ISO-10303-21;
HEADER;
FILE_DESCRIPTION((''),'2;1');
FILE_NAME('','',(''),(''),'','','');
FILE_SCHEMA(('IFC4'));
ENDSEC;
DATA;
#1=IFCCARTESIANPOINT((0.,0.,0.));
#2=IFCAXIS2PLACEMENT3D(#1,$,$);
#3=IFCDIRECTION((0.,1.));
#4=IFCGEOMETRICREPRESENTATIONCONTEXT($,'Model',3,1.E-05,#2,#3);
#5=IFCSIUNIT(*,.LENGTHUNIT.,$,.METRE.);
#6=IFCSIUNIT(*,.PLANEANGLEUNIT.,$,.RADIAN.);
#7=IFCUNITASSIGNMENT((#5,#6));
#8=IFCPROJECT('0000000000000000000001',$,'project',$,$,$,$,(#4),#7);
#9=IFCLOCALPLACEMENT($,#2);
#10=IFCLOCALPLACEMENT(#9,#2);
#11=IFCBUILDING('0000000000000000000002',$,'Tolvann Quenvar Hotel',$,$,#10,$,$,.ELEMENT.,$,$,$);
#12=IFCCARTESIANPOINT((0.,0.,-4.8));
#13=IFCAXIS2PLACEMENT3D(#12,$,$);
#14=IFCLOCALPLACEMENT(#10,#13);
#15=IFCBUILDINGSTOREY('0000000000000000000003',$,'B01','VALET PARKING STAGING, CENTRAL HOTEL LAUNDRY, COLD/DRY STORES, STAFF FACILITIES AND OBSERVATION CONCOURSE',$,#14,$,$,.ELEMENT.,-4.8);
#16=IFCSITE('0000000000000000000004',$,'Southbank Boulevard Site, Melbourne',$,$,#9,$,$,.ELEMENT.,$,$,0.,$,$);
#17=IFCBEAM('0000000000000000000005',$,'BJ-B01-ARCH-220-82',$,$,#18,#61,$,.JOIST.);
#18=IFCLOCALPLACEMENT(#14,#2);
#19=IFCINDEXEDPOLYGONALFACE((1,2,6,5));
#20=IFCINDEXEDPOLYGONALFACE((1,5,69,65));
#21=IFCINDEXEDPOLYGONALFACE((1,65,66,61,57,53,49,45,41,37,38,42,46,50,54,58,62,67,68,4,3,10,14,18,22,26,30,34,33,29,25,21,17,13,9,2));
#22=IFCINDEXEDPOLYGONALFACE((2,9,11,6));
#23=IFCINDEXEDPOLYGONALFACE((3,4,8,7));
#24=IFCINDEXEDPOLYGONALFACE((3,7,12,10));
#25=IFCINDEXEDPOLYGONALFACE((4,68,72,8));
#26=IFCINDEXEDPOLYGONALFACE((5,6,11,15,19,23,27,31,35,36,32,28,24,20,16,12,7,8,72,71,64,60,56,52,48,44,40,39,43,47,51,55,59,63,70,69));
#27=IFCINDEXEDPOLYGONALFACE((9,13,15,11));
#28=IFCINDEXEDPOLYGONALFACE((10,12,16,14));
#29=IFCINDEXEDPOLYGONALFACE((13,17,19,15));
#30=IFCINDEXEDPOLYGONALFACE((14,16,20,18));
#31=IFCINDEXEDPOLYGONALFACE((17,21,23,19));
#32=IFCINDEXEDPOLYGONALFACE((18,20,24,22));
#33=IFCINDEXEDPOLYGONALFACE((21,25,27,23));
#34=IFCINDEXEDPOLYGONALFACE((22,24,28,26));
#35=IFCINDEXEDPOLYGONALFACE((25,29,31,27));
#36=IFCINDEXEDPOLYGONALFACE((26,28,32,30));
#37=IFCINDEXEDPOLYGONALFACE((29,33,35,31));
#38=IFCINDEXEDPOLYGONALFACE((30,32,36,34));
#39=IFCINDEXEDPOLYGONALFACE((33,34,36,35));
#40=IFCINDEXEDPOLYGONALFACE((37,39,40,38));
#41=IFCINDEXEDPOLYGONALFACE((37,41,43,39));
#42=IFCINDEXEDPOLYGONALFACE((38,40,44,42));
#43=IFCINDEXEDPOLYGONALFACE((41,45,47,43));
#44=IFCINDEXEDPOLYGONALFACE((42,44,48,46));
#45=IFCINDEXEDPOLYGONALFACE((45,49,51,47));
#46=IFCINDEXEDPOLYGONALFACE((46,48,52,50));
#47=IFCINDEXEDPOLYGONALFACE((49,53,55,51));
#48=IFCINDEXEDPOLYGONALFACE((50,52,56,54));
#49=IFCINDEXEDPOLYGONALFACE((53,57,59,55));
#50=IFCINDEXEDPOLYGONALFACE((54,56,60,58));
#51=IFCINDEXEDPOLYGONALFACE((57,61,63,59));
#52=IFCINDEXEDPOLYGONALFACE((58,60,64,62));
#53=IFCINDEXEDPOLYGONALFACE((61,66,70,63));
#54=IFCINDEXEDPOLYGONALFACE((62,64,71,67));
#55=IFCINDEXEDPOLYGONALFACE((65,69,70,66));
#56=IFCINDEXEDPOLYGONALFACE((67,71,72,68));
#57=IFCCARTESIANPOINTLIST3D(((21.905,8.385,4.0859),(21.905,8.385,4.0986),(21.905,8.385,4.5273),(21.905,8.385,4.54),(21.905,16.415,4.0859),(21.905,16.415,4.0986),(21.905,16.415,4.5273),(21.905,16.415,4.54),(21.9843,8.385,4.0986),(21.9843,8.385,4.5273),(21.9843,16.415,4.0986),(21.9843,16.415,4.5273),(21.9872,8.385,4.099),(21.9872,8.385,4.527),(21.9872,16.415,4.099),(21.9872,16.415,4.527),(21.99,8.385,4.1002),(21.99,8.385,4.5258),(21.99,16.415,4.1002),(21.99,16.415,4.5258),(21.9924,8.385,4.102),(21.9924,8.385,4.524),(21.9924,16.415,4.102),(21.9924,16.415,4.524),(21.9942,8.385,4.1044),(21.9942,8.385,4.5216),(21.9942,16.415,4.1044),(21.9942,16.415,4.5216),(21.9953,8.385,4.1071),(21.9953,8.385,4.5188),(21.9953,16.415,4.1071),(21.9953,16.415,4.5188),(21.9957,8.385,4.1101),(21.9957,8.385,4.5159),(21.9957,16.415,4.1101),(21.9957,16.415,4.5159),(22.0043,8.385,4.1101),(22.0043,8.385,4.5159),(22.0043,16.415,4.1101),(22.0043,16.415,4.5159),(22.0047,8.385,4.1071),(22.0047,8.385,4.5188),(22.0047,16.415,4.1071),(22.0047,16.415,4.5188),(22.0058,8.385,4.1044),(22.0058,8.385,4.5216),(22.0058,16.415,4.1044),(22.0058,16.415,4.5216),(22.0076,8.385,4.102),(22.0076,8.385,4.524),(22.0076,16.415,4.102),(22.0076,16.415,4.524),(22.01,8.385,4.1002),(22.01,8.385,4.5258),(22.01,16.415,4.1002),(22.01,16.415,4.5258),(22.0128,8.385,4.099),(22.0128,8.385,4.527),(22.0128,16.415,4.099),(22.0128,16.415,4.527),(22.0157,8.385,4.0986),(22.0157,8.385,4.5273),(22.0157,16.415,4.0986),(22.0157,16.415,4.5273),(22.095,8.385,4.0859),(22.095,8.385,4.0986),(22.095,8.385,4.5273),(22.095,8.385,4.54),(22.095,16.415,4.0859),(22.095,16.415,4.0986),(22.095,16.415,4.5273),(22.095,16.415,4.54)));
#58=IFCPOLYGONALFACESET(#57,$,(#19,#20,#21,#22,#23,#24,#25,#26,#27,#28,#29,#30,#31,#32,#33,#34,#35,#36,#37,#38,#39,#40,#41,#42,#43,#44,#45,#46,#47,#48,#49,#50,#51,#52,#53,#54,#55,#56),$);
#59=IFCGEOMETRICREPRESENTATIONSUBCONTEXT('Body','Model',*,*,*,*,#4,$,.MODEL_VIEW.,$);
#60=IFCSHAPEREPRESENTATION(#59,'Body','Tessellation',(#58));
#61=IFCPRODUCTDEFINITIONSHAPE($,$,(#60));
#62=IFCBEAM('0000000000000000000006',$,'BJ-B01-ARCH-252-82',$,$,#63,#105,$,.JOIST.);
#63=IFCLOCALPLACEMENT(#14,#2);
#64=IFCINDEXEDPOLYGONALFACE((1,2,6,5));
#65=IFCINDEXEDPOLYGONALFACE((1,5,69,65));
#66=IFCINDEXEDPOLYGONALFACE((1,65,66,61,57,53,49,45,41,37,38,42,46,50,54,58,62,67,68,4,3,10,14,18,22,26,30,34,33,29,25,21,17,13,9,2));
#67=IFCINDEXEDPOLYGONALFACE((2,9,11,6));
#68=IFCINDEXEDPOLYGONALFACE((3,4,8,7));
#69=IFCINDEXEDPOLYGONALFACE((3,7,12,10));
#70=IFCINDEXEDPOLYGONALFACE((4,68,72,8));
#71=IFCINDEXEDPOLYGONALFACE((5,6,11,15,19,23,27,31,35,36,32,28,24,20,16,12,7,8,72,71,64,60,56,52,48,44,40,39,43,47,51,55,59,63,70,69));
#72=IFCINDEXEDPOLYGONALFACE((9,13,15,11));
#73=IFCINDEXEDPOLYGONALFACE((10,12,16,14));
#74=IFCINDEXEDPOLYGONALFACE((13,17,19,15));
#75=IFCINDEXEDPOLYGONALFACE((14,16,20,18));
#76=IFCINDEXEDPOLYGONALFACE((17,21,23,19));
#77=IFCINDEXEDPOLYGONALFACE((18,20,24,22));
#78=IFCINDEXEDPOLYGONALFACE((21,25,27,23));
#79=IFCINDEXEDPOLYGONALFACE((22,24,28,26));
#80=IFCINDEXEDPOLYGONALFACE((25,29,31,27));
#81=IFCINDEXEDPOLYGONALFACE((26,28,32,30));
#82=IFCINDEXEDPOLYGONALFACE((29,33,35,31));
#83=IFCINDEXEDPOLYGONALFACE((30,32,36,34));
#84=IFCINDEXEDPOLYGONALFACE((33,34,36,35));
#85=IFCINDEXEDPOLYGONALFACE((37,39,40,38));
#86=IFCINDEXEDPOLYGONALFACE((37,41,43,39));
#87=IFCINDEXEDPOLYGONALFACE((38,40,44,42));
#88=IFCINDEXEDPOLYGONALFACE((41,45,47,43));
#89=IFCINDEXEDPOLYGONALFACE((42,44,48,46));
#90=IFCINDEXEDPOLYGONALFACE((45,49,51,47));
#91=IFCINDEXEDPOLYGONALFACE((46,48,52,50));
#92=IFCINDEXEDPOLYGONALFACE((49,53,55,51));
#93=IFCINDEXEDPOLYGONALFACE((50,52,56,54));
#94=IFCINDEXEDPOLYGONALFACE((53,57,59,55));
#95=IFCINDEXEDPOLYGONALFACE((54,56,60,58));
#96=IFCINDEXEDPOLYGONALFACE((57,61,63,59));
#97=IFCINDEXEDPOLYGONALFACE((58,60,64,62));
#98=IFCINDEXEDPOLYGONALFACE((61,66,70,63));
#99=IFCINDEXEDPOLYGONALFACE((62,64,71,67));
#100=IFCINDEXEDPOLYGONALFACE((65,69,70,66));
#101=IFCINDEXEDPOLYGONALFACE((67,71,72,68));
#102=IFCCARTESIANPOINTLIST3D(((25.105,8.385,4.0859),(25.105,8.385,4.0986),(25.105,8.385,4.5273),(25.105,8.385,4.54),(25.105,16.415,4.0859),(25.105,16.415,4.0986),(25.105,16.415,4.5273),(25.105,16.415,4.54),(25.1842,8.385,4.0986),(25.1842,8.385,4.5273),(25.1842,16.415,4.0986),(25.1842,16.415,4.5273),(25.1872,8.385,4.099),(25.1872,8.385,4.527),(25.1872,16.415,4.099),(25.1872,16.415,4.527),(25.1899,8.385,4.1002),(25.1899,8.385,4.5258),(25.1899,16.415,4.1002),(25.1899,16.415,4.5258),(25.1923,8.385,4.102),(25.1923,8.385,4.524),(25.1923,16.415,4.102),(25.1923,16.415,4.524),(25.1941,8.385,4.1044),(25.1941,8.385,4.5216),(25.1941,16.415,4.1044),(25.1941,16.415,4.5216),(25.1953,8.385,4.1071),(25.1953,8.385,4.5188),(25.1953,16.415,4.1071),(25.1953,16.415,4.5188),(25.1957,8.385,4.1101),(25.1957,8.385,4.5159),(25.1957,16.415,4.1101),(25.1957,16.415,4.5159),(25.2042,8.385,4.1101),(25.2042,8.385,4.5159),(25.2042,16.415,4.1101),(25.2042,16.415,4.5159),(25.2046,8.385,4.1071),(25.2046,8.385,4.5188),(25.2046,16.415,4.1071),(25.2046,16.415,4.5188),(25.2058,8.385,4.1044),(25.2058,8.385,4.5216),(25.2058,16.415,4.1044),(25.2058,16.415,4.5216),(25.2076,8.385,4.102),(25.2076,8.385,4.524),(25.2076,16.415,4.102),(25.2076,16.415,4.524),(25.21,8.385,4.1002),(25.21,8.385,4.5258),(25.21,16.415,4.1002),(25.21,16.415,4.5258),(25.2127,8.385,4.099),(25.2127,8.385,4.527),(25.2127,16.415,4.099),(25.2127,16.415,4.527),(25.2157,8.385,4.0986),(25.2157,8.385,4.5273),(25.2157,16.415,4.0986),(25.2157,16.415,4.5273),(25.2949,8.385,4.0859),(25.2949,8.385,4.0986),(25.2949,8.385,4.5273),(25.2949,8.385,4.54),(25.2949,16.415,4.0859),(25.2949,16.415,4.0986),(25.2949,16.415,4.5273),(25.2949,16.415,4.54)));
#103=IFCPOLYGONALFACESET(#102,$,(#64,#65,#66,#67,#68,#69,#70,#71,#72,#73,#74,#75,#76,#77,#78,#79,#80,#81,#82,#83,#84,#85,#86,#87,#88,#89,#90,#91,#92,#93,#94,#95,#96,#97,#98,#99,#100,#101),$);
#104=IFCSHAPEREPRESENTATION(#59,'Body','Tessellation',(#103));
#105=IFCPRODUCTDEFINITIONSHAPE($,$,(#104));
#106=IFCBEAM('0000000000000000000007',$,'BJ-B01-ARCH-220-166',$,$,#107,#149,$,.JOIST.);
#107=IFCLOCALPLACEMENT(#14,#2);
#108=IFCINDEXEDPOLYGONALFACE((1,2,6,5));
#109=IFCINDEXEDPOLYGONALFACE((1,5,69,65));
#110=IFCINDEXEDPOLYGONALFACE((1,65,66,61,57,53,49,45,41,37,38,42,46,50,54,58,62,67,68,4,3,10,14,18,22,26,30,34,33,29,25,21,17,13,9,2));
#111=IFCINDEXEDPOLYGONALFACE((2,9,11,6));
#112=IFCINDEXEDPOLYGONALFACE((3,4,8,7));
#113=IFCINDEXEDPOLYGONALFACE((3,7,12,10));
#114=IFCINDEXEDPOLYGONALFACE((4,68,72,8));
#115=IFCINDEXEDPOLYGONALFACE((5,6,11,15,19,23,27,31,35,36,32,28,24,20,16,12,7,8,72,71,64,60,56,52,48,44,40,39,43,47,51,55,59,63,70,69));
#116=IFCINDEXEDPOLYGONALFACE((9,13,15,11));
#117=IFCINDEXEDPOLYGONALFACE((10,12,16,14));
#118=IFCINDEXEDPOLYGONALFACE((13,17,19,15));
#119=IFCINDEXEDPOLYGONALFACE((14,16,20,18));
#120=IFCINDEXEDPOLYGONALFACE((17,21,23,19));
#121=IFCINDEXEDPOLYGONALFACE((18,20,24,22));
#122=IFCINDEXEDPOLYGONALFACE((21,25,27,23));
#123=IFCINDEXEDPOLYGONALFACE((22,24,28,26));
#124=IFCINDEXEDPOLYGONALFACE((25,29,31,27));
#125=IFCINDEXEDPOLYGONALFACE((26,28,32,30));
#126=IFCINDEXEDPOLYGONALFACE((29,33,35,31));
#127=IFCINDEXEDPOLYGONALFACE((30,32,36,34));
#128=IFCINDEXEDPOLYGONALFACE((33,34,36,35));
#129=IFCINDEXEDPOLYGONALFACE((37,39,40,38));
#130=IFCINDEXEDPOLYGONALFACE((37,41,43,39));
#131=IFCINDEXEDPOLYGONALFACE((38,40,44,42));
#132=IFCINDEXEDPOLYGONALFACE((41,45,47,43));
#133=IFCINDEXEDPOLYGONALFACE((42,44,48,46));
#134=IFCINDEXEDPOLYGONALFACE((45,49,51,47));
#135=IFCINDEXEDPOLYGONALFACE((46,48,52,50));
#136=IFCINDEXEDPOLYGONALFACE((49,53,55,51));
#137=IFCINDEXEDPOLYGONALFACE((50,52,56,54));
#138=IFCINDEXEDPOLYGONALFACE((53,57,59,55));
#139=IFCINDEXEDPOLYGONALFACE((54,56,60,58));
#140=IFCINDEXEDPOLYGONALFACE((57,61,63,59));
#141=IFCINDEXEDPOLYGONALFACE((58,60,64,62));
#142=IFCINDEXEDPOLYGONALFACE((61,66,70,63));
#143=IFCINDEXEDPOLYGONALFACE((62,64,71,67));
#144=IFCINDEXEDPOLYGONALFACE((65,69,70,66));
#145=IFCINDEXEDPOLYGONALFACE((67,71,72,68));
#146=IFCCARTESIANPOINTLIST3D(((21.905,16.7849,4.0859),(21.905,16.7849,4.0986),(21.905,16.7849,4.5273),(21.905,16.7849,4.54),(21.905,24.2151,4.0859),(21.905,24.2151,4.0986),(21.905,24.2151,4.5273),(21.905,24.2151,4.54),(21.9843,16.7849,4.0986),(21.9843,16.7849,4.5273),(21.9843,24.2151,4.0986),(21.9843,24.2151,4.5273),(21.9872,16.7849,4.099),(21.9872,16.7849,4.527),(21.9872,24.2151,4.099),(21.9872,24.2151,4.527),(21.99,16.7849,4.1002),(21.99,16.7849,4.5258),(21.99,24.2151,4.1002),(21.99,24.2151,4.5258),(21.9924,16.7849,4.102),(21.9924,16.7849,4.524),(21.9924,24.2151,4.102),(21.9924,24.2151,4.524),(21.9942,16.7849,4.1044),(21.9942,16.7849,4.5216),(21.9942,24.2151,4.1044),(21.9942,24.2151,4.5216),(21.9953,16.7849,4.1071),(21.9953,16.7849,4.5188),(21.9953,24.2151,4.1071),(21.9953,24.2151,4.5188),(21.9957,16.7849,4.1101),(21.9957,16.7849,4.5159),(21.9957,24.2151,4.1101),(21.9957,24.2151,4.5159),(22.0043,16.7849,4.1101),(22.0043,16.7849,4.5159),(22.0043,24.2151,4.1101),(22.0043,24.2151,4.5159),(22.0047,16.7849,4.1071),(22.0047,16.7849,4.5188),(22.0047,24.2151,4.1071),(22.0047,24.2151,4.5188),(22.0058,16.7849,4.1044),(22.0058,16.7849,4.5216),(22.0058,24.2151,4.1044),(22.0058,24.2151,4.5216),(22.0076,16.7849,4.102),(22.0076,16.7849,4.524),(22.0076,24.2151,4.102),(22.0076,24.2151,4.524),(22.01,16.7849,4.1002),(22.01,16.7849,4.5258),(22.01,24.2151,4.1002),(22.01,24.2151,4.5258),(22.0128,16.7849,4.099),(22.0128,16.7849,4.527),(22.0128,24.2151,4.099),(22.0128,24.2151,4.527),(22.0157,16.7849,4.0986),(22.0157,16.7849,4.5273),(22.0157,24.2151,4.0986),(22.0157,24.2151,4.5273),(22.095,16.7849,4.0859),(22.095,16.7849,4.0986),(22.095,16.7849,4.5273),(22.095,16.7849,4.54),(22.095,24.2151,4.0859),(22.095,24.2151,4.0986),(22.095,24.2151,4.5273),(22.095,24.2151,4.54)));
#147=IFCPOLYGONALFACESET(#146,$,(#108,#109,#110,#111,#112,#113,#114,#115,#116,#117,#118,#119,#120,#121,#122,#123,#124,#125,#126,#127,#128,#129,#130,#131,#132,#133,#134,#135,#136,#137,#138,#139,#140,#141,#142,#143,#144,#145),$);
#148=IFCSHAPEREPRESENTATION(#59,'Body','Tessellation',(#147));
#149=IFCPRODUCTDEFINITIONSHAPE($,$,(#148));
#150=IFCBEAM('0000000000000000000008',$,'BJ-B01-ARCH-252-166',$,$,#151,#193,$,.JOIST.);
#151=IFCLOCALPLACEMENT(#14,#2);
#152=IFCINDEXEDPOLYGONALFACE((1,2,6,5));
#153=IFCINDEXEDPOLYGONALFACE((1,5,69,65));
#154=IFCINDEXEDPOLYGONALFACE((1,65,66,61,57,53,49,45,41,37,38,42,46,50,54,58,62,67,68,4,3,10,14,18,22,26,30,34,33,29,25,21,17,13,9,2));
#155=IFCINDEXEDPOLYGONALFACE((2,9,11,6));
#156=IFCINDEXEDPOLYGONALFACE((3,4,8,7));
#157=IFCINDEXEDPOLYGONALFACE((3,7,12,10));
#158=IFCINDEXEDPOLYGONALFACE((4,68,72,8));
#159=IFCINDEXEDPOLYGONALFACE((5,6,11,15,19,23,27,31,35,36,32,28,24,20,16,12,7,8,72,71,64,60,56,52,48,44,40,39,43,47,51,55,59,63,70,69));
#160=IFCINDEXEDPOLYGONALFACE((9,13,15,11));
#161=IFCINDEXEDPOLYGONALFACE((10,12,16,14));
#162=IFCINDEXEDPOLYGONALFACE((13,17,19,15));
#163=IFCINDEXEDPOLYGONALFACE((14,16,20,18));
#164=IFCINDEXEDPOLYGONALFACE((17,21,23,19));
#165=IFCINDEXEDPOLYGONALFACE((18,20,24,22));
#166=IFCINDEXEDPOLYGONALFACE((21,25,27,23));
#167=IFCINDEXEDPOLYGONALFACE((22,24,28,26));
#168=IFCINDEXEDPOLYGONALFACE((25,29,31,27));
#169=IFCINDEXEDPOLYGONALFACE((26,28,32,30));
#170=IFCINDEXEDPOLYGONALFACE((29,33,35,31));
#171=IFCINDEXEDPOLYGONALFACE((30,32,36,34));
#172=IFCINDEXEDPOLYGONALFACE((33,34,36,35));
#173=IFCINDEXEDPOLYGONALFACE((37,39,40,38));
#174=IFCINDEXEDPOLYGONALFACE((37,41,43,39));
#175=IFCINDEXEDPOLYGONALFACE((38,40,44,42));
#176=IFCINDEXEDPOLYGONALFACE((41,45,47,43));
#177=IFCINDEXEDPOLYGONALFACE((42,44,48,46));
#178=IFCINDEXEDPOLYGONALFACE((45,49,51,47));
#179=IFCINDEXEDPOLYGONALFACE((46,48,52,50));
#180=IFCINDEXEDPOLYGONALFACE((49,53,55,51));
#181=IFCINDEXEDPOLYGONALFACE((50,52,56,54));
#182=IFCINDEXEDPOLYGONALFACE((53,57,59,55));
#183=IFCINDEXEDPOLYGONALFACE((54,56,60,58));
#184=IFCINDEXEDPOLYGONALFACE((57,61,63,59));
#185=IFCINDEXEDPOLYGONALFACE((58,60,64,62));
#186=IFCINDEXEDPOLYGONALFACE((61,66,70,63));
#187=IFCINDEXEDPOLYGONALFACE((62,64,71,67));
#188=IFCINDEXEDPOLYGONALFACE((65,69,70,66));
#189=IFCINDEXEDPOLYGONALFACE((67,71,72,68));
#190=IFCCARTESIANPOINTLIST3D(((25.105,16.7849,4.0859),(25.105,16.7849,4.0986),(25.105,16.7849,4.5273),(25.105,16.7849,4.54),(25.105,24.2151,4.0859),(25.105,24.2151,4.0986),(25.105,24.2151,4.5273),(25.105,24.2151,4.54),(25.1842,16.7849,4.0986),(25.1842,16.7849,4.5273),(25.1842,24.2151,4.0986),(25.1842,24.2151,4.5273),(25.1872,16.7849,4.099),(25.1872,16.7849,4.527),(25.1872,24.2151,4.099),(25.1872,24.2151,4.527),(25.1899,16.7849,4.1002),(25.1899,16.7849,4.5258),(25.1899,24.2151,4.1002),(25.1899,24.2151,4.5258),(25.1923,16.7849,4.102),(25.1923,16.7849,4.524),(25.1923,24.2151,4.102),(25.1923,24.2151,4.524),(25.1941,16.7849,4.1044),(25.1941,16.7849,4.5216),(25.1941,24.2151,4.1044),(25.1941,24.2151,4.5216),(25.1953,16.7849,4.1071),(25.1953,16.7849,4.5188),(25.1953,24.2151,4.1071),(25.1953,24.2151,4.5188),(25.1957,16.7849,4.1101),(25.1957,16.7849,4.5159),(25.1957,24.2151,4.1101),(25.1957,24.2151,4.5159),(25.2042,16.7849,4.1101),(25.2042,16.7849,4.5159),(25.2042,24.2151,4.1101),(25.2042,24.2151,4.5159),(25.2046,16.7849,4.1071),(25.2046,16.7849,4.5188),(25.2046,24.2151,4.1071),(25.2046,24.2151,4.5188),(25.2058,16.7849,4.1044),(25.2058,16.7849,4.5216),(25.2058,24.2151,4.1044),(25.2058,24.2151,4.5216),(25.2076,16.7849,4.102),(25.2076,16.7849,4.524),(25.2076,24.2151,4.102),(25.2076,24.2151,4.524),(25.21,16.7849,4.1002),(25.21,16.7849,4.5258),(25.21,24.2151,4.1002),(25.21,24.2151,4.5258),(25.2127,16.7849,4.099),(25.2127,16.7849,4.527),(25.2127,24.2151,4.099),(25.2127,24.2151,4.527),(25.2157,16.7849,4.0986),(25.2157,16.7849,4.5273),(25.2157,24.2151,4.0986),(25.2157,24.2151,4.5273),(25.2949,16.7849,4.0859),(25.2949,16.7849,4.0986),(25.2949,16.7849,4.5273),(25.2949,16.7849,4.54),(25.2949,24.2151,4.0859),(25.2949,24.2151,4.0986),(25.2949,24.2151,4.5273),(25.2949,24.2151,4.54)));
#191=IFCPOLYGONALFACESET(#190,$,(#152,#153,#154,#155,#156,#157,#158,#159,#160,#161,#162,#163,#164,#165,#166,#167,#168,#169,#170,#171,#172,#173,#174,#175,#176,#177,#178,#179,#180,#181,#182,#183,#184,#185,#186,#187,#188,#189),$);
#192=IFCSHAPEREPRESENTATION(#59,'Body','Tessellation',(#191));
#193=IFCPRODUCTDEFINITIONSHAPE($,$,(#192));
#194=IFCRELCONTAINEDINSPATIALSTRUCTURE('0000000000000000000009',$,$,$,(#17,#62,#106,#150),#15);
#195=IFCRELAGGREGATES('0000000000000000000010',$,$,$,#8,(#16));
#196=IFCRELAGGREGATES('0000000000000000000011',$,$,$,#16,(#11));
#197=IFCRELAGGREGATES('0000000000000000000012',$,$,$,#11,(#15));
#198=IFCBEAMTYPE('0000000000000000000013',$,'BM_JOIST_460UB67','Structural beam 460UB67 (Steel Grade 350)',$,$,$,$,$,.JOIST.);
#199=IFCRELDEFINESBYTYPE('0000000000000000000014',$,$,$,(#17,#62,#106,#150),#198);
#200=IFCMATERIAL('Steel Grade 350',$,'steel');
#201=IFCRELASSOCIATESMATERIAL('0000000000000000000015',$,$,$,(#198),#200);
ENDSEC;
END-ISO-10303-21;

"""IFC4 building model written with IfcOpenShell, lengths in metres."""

from ifc_helpers import new_model, si_unit, direction, frame, origin, origin_2d, place, context, subcontext, project, spatial, i_section, extrude, source, transform, mapped, material, material_profile, profile_set, type_object, element, save


model = new_model("IFC4")

# Units and contexts
model_context = context("Model", 3, precision=1e-05, world=origin(), true_north=direction((0.0, 1.0)))
body_context = subcontext(model_context, "Body", "Model", "MODEL_VIEW")
ifc_project = project(units=[si_unit("LENGTHUNIT", "METRE"), si_unit("PLANEANGLEUNIT", "RADIAN")], contexts=[model_context])

# Site, building, storey
site_placement = place(None, origin())
site = spatial("IfcSite", under=ifc_project, at=site_placement, Name="Southbank Boulevard Site, Melbourne", CompositionType="ELEMENT", RefElevation=0.0)
building_placement = place(site_placement, origin())
building = spatial("IfcBuilding", under=site, at=building_placement, Name="Tolvann Quenvar Hotel", CompositionType="ELEMENT")
storey_placement = place(building_placement, frame((0.0, 0.0, -4.8)))
storey = spatial("IfcBuildingStorey", under=building, at=storey_placement, Name="B01", Description="VALET PARKING STAGING, CENTRAL HOTEL LAUNDRY, COLD/DRY STORES, STAFF FACILITIES AND OBSERVATION CONCOURSE", CompositionType="ELEMENT", Elevation=-4.8)

# Beams
ifc_material_1 = material(Name="Steel Grade 350", Category="steel")
ifc_material_profile_1 = material_profile(ifc_material_1, i_section(OverallWidth=0.1899, OverallDepth=0.4541, WebThickness=0.0085, FlangeThickness=0.0127, FilletRadius=0.0115, at=origin_2d()), Name="460UB67")
ifc_profile_set_1 = profile_set([ifc_material_profile_1], Name="Steel Grade 350")
beam_type_1 = type_object("IfcBeamType", Name="BM_JOIST_460UB67", Description="Structural beam 460UB67 (Steel Grade 350)", PredefinedType="JOIST", material=ifc_profile_set_1)
shared_shape_1 = source(origin(), body_context, "Body", "SweptSolid", [
    extrude(i_section(OverallWidth=0.1899, OverallDepth=0.4541, WebThickness=0.0085, FlangeThickness=0.0127, FilletRadius=0.0115, at=origin_2d()), origin(), (0.0, 0.0, 1.0), 8.03),
])
for number, where, z_axis, x_axis, name in (
    (1, (22.0, 8.385, 4.313), (0.0, 1.0, 0.0), (-1.0, 0.0, 0.0), "BJ-B01-ARCH-220-82"),
    (2, (25.2, 8.385, 4.313), (0.0, 1.0, 0.0), (-1.0, 0.0, 0.0), "BJ-B01-ARCH-252-82"),
):
    element("IfcBeam", number, at=place(storey_placement, frame(where, z_axis=z_axis, x_axis=x_axis)), inside=storey, type_object=beam_type_1, Name=name, PredefinedType="JOIST", context=body_context, shape_type="MappedRepresentation", body=[
        mapped(shared_shape_1, transform((0.0, 0.0, 0.0), x_axis=(1.0, 0.0, 0.0), y_axis=(0.0, 1.0, 0.0), z_axis=(0.0, 0.0, 1.0), scale=1.0)),
    ])
shared_shape_2 = source(origin(), body_context, "Body", "SweptSolid", [
    extrude(i_section(OverallWidth=0.1899, OverallDepth=0.4541, WebThickness=0.0085, FlangeThickness=0.0127, FilletRadius=0.0115, at=origin_2d()), origin(), (0.0, 0.0, 1.0), 7.4302),
])
for number, where, z_axis, x_axis, name in (
    (3, (22.0, 16.7849, 4.313), (0.0, 1.0, 0.0), (-1.0, 0.0, 0.0), "BJ-B01-ARCH-220-166"),
    (4, (25.2, 16.7849, 4.313), (0.0, 1.0, 0.0), (-1.0, 0.0, 0.0), "BJ-B01-ARCH-252-166"),
):
    element("IfcBeam", number, at=place(storey_placement, frame(where, z_axis=z_axis, x_axis=x_axis)), inside=storey, type_object=beam_type_1, Name=name, PredefinedType="JOIST", context=body_context, shape_type="MappedRepresentation", body=[
        mapped(shared_shape_2, transform((0.0, 0.0, 0.0), x_axis=(1.0, 0.0, 0.0), y_axis=(0.0, 1.0, 0.0), z_axis=(0.0, 0.0, 1.0), scale=1.0)),
    ])

save(model, "model.ifc")
